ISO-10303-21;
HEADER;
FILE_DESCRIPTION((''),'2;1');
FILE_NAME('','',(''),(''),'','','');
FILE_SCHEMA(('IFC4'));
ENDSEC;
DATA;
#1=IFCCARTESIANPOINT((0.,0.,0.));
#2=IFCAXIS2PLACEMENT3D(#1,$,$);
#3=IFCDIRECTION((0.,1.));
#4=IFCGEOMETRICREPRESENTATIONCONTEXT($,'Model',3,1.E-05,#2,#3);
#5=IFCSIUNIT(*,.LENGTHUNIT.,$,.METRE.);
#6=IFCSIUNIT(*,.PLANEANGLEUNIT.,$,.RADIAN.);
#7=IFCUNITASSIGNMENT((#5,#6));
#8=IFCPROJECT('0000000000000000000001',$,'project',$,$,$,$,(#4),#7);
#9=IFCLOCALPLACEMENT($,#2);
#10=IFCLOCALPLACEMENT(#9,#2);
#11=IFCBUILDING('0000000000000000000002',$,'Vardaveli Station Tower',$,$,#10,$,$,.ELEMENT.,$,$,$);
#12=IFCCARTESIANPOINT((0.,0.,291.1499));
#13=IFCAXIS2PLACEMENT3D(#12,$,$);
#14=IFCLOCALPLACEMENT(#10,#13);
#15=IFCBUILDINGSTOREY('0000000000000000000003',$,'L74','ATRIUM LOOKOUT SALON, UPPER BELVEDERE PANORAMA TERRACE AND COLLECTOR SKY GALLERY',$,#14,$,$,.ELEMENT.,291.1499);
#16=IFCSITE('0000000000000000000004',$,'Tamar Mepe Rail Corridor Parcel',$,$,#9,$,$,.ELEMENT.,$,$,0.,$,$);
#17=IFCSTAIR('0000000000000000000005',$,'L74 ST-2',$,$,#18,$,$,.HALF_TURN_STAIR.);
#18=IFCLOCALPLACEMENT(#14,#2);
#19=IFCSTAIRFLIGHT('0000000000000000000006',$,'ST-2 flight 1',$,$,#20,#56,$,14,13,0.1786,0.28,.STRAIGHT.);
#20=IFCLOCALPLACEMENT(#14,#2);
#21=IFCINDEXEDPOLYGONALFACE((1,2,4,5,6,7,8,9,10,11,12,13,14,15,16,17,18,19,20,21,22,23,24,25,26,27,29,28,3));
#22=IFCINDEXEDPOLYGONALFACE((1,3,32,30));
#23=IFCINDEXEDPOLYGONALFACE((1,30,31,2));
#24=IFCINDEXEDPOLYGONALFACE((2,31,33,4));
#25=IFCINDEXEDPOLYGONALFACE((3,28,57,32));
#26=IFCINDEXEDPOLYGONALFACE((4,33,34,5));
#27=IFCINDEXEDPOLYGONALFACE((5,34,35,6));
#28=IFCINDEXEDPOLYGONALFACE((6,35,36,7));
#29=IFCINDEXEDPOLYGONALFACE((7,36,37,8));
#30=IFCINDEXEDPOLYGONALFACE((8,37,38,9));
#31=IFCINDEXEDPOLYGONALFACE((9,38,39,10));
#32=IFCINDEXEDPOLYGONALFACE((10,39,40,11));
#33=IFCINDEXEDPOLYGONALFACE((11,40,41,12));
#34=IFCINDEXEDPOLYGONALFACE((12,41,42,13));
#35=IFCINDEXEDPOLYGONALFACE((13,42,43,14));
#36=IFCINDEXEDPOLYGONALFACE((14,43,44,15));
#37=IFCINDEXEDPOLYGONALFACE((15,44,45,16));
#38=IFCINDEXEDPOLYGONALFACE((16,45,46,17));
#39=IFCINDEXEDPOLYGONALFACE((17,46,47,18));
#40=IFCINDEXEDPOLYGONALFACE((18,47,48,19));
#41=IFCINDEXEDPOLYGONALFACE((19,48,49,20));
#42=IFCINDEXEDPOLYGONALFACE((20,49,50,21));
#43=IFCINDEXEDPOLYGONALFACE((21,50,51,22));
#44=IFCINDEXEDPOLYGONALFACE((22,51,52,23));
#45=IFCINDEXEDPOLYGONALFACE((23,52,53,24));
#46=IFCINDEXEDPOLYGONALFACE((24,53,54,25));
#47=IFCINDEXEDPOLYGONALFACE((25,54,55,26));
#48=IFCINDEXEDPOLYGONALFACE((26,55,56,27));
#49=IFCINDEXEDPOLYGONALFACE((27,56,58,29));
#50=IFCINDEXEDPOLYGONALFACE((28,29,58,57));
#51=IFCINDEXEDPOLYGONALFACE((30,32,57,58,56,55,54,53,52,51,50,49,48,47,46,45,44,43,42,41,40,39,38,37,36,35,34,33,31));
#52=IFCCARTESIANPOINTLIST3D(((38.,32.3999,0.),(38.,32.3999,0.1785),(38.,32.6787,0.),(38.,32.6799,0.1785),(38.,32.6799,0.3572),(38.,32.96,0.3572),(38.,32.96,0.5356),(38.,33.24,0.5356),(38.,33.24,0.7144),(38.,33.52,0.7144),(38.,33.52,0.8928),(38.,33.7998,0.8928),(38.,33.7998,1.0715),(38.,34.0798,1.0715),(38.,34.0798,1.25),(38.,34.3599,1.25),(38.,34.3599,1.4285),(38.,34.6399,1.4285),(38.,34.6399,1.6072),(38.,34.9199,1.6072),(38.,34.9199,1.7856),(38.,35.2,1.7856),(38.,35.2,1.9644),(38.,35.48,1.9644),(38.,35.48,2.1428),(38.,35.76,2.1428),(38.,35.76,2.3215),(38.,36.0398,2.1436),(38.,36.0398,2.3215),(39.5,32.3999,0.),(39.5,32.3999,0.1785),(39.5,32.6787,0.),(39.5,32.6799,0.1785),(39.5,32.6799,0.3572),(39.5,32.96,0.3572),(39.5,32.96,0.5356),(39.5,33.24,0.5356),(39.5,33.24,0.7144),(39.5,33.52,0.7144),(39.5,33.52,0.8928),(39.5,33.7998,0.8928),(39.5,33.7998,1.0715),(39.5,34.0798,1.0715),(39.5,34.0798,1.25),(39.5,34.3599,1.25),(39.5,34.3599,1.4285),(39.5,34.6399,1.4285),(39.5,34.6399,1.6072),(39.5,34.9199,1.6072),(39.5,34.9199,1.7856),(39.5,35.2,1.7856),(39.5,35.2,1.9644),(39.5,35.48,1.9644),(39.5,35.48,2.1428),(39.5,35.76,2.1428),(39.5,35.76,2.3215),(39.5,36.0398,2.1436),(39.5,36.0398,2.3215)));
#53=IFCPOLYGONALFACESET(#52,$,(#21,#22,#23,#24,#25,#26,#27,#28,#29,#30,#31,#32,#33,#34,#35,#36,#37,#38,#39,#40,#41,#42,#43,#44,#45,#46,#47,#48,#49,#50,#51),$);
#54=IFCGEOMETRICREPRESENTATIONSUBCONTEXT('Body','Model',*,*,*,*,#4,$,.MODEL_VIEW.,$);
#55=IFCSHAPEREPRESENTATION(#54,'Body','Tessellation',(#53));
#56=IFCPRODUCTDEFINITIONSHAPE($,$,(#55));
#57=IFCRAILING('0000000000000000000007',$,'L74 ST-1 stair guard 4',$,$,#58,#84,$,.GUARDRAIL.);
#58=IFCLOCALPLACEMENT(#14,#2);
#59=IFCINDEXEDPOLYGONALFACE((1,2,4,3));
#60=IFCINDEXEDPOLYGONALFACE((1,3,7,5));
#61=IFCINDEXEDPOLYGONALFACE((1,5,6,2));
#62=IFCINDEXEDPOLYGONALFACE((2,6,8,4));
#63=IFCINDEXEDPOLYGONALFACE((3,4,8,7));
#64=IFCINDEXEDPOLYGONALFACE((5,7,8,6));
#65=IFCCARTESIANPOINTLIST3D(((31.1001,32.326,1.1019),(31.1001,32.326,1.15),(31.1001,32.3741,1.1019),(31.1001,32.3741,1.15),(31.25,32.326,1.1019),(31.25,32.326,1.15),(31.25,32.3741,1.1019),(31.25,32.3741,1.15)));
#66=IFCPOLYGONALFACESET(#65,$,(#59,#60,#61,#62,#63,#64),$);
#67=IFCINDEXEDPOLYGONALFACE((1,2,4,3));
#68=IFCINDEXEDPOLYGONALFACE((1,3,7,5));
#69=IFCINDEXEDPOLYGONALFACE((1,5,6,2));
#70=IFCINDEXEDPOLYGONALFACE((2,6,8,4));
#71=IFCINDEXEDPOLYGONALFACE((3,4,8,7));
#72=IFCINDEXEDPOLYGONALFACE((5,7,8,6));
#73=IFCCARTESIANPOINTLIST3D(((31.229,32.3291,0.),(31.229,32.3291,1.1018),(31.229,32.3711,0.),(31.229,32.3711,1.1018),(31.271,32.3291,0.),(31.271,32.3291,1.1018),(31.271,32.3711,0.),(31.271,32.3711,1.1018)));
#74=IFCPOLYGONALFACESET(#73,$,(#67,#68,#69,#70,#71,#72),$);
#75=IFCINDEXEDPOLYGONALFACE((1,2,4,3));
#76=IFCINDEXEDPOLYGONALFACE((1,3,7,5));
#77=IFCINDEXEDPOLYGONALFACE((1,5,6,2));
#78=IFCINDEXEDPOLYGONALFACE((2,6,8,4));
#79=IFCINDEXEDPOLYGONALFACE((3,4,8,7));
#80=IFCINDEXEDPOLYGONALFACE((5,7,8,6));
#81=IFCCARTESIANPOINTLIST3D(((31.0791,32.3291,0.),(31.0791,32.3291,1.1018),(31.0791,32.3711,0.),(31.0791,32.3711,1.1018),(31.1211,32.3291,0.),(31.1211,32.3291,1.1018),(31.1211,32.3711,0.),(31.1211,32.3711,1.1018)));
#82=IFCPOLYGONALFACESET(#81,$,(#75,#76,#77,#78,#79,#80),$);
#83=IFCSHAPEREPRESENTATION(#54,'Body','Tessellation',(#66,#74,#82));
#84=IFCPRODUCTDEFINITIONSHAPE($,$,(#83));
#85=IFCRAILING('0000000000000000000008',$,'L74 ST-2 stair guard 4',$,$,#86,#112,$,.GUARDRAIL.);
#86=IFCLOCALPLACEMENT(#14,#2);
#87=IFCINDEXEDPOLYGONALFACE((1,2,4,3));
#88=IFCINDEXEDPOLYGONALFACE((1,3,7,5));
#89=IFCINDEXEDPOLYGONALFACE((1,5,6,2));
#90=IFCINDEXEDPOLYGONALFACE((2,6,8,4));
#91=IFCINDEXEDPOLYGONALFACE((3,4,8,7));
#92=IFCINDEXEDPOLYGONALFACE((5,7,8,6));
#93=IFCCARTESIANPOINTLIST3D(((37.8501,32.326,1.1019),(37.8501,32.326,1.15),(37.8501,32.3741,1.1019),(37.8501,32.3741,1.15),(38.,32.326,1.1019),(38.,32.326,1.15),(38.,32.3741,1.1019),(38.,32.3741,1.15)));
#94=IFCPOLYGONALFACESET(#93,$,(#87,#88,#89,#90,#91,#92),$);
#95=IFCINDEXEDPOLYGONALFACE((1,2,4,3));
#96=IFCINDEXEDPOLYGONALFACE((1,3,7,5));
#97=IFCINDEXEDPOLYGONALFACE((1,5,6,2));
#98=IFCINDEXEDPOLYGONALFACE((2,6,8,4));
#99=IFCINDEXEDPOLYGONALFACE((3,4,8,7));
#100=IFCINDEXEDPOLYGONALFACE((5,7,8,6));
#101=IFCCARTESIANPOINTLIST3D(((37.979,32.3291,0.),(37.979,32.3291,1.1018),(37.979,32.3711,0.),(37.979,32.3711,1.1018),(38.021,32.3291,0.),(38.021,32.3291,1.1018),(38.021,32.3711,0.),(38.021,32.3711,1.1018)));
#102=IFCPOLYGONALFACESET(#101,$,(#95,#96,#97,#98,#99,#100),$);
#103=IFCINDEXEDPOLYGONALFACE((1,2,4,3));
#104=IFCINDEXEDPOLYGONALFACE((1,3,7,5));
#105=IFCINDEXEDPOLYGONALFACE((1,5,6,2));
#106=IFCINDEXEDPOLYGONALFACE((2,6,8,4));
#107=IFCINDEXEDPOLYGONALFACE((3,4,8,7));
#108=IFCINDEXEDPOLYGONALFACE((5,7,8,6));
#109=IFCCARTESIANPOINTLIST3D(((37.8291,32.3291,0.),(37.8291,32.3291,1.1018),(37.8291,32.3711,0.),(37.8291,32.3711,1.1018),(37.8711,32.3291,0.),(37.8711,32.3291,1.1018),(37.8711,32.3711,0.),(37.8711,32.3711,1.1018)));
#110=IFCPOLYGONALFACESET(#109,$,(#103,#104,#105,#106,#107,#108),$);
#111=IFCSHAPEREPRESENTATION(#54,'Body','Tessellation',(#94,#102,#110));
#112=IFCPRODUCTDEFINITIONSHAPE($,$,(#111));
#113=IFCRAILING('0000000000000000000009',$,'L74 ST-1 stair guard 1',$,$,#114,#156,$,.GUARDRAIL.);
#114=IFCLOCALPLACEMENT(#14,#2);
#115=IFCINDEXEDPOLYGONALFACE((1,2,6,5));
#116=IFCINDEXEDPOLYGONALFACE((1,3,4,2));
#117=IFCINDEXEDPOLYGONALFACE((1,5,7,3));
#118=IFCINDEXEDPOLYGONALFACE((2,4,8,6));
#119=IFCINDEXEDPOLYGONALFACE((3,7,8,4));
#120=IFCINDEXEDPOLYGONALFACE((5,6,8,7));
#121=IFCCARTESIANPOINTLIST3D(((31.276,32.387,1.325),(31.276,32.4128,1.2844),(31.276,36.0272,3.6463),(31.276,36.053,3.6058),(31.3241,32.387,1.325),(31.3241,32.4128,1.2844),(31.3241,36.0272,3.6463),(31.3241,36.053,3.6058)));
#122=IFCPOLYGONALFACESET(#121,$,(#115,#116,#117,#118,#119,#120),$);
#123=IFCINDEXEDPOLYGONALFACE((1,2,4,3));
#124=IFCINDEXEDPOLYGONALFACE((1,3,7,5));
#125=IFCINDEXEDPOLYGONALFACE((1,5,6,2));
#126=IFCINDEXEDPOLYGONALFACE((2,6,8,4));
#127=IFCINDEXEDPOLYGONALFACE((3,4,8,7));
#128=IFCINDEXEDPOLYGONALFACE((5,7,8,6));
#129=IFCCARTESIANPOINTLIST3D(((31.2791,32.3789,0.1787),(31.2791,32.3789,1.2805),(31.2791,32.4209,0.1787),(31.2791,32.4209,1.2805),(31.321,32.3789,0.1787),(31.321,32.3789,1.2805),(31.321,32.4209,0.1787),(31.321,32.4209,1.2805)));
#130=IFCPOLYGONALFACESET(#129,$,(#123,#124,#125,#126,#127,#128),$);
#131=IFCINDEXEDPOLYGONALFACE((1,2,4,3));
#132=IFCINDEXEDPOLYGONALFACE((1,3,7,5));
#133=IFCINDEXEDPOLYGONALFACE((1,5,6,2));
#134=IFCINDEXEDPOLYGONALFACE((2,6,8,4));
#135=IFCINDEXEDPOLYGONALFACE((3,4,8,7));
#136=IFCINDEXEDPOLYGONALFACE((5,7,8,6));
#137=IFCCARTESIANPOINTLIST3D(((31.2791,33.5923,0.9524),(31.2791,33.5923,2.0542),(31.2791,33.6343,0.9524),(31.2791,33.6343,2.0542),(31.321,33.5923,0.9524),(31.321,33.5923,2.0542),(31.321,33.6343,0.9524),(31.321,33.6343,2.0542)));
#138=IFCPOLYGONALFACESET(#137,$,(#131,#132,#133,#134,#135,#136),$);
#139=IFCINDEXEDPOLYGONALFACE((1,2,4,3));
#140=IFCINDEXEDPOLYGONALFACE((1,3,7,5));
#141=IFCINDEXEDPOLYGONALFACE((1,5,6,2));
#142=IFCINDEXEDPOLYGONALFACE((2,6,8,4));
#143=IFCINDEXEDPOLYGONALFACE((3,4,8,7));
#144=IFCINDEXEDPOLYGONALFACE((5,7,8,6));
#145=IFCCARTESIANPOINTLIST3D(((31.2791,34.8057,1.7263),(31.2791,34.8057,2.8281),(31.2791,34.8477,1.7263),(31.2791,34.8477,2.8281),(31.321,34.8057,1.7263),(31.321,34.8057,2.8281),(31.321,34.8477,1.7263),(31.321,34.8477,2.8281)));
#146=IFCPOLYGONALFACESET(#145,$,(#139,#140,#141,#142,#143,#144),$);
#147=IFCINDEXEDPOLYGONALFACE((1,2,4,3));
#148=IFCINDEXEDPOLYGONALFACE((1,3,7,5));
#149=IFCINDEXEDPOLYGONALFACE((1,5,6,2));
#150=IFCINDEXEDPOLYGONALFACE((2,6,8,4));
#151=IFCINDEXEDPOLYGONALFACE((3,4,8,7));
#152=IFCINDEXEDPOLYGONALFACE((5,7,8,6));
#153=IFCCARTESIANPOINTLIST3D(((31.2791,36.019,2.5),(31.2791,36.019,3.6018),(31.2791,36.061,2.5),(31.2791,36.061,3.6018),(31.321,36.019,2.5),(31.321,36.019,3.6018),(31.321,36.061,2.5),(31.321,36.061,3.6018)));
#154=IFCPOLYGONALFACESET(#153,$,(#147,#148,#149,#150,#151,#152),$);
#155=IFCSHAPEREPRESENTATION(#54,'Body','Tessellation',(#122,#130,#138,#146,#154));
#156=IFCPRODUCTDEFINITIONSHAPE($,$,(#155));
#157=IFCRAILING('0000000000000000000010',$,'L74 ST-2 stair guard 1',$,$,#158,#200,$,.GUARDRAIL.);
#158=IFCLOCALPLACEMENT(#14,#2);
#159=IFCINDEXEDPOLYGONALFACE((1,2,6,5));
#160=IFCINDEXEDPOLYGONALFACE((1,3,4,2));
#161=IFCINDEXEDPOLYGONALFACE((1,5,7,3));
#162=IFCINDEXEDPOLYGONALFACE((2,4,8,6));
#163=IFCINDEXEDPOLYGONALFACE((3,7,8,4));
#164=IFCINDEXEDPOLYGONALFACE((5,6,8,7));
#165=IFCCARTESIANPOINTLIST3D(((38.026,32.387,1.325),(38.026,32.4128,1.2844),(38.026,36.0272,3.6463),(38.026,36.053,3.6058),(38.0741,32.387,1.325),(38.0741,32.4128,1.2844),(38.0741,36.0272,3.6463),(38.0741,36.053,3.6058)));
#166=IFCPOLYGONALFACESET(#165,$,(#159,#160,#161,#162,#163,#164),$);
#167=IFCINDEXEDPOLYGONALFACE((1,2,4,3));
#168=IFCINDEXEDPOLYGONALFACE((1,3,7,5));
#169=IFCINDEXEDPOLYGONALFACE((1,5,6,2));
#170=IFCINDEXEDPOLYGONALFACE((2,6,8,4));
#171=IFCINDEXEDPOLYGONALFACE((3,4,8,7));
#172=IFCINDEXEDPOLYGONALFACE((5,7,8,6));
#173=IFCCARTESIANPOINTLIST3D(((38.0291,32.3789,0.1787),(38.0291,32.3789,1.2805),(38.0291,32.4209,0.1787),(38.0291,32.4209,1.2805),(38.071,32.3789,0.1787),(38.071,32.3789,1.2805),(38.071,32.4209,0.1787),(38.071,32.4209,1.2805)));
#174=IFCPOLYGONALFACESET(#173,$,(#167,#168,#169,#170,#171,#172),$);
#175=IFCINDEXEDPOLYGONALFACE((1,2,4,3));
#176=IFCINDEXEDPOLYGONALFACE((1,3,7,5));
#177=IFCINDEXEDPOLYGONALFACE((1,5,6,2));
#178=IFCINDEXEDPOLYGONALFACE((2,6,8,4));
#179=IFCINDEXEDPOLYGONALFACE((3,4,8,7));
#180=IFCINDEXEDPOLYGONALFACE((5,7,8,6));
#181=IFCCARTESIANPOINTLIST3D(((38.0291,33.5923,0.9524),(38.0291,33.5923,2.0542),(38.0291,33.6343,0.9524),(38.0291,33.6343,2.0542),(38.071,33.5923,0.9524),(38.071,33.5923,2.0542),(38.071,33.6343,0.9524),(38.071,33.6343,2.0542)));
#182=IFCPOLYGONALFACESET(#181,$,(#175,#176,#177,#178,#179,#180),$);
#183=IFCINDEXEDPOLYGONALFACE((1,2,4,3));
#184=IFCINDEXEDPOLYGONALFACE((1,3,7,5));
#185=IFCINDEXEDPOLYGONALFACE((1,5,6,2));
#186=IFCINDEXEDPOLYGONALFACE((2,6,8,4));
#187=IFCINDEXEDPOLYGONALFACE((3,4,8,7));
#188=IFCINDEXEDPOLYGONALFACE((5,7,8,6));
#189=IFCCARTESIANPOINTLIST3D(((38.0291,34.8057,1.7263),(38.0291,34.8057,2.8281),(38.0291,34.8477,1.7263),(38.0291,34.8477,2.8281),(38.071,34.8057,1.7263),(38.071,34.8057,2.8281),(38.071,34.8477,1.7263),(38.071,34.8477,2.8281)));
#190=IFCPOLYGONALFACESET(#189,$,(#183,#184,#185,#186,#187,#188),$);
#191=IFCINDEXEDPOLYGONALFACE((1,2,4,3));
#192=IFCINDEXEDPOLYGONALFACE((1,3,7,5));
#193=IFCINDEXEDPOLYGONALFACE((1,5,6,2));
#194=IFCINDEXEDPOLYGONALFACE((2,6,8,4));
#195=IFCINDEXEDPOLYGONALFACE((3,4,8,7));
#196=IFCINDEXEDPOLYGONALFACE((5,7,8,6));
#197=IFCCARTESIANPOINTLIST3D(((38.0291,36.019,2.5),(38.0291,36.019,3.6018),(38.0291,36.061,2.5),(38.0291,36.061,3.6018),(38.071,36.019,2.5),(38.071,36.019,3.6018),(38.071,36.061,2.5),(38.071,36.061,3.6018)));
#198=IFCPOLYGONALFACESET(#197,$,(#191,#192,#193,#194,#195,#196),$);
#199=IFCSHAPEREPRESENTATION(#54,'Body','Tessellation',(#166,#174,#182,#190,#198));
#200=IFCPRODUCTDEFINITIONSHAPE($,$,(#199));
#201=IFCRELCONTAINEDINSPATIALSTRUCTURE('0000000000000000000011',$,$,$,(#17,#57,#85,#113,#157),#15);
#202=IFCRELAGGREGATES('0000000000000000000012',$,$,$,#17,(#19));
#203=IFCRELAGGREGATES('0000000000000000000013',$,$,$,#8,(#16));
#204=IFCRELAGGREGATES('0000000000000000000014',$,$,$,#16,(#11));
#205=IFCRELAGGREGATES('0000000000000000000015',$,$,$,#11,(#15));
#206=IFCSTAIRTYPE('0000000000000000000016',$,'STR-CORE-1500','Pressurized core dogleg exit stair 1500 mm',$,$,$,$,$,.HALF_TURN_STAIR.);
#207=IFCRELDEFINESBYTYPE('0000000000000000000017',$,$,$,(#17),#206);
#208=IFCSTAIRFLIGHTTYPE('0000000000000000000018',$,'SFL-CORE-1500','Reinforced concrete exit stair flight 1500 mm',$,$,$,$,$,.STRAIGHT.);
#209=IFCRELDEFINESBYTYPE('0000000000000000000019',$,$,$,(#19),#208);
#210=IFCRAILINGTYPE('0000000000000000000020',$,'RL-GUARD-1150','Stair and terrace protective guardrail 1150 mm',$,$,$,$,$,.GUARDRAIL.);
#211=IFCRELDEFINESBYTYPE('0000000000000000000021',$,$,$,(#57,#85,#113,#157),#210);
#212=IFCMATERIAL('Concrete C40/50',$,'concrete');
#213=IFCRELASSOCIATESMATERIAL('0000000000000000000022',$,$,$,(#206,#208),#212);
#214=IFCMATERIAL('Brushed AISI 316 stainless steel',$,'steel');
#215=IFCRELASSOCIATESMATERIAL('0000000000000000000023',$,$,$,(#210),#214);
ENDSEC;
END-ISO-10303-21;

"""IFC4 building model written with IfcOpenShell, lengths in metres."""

from ifc_helpers import new_model, si_unit, direction, frame, origin, origin_2d, place, context, subcontext, project, spatial, polyline, rectangle, outline, extrude, source, transform, mapped, material, type_object, element, aggregate, save


model = new_model("IFC4")

# Units and contexts
model_context = context("Model", 3, precision=1e-05, world=origin(), true_north=direction((0.0, 1.0)))
body_context = subcontext(model_context, "Body", "Model", "MODEL_VIEW")
ifc_project = project(units=[si_unit("LENGTHUNIT", "METRE"), si_unit("PLANEANGLEUNIT", "RADIAN")], contexts=[model_context])

# Site, building, storey
site_placement = place(None, origin())
site = spatial("IfcSite", under=ifc_project, at=site_placement, Name="Tamar Mepe Rail Corridor Parcel", CompositionType="ELEMENT", RefElevation=0.0)
building_placement = place(site_placement, origin())
building = spatial("IfcBuilding", under=site, at=building_placement, Name="Vardaveli Station Tower", CompositionType="ELEMENT")
storey_placement = place(building_placement, frame((0.0, 0.0, 291.1499)))
storey = spatial("IfcBuildingStorey", under=building, at=storey_placement, Name="L74", Description="ATRIUM LOOKOUT SALON, UPPER BELVEDERE PANORAMA TERRACE AND COLLECTOR SKY GALLERY", CompositionType="ELEMENT", Elevation=291.1499)

# Shared definitions
ifc_material_1 = material(Name="Concrete C40/50", Category="concrete")

# Stair, stair flight
stair_type = type_object("IfcStairType", Name="STR-CORE-1500", Description="Pressurized core dogleg exit stair 1500 mm", PredefinedType="HALF_TURN_STAIR", material=ifc_material_1)
stair_flight_type = type_object("IfcStairFlightType", Name="SFL-CORE-1500", Description="Reinforced concrete exit stair flight 1500 mm", PredefinedType="STRAIGHT", material=ifc_material_1)
shared_shape_1 = source(origin(), body_context, "Body", "SweptSolid", [
    extrude(outline(polyline([(0.0, 0.0), (0.0, 0.1785), (0.28, 0.1785), (0.28, 0.3572), (0.5601, 0.3572), (0.5601, 0.5356), (0.8401, 0.5356), (0.8401, 0.7144), (1.1201, 0.7144), (1.1201, 0.8928), (1.3999, 0.8928), (1.3999, 1.0715), (1.6799, 1.0715), (1.6799, 1.25), (1.96, 1.25), (1.96, 1.4285), (2.24, 1.4285), (2.24, 1.6072), (2.52, 1.6072), (2.52, 1.7856), (2.8, 1.7856), (2.8, 1.9644), (3.0801, 1.9644), (3.0801, 2.1428), (3.3601, 2.1428), (3.3601, 2.3215), (3.6399, 2.3215), (3.6399, 2.5), (3.6399, 2.1436), (0.2788, 0.0), (0.0, 0.0)])), frame((0.0, 0.75, 0.0), z_axis=(0.0, -1.0, 0.0), x_axis=(1.0, 0.0, 0.0)), (0.0, 0.0, 1.0), 1.5),
])
stair_1_placement = place(storey_placement, origin())
stair_1 = element("IfcStair", 1, at=stair_1_placement, inside=storey, type_object=stair_type, Name="L74 ST-2", PredefinedType="HALF_TURN_STAIR")
stair_flight_1_placement = place(storey_placement, frame((38.75, 32.3999, 0.0), z_axis=(0.0, 0.0, 1.0), x_axis=(0.0, 1.0, 0.0)))
stair_flight_1 = element("IfcStairFlight", 2, at=stair_flight_1_placement, type_object=stair_flight_type, Name="ST-2 flight 1", NumberOfRisers=14, NumberOfTreads=13, PredefinedType="STRAIGHT", RiserHeight=0.1786, TreadLength=0.28, context=body_context, shape_type="MappedRepresentation", body=[
    mapped(shared_shape_1, transform((0.0, 0.0, 0.0), scale=1.0)),
])
aggregate(stair_1, [stair_flight_1])

# Railings
ifc_material_2 = material(Name="Brushed AISI 316 stainless steel", Category="steel")
railing_type_1 = type_object("IfcRailingType", Name="RL-GUARD-1150", Description="Stair and terrace protective guardrail 1150 mm", PredefinedType="GUARDRAIL", material=ifc_material_2)
shared_shape_2 = source(origin(), body_context, "Body", "SweptSolid", [
    extrude(rectangle(XDim=0.0481, YDim=0.0481, at=origin_2d()), frame((0.0, 0.0, 1.126), z_axis=(-1.0, 0.0, 0.0), x_axis=(0.0, -1.0, 0.0)), (0.0, 0.0, 1.0), 0.1499),
    extrude(rectangle(XDim=0.042, YDim=0.042, at=origin_2d()), origin(), (0.0, 0.0, 1.0), 1.1018),
    extrude(rectangle(XDim=0.042, YDim=0.042, at=origin_2d()), frame((-0.1499, 0.0, 0.0)), (0.0, 0.0, 1.0), 1.1018),
])
for number, where, name in (
    (3, (31.25, 32.3501, 0.0), "L74 ST-1 stair guard 4"),
    (4, (38.0, 32.3501, 0.0), "L74 ST-2 stair guard 4"),
):
    element("IfcRailing", number, at=place(storey_placement, frame(where)), inside=storey, type_object=railing_type_1, Name=name, PredefinedType="GUARDRAIL", context=body_context, shape_type="MappedRepresentation", body=[
        mapped(shared_shape_2, transform((0.0, 0.0, 0.0), scale=1.0)),
    ])
shared_shape_3 = source(origin(), body_context, "Body", "SweptSolid", [
    extrude(rectangle(XDim=0.0481, YDim=0.0481, at=origin_2d()), frame((0.0, 0.0, 1.126), z_axis=(0.0, 0.843153, 0.537673), x_axis=(-1.0, 0.0, 0.0)), (0.0, 0.0, 1.0), 4.3174),
    extrude(rectangle(XDim=0.042, YDim=0.042, at=origin_2d()), origin(), (0.0, 0.0, 1.0), 1.1018),
    extrude(rectangle(XDim=0.042, YDim=0.042, at=origin_2d()), frame((0.0, 1.2134, 0.7737)), (0.0, 0.0, 1.0), 1.1018),
    extrude(rectangle(XDim=0.042, YDim=0.042, at=origin_2d()), frame((0.0, 2.4268, 1.5476)), (0.0, 0.0, 1.0), 1.1018),
    extrude(rectangle(XDim=0.042, YDim=0.042, at=origin_2d()), frame((0.0, 3.6401, 2.3213)), (0.0, 0.0, 1.0), 1.1018),
])
for number, where, name in (
    (5, (31.3, 32.3999, 0.1787), "L74 ST-1 stair guard 1"),
    (6, (38.05, 32.3999, 0.1787), "L74 ST-2 stair guard 1"),
):
    element("IfcRailing", number, at=place(storey_placement, frame(where)), inside=storey, type_object=railing_type_1, Name=name, PredefinedType="GUARDRAIL", context=body_context, shape_type="MappedRepresentation", body=[
        mapped(shared_shape_3, transform((0.0, 0.0, 0.0), scale=1.0)),
    ])

save(model, "model.ifc")
